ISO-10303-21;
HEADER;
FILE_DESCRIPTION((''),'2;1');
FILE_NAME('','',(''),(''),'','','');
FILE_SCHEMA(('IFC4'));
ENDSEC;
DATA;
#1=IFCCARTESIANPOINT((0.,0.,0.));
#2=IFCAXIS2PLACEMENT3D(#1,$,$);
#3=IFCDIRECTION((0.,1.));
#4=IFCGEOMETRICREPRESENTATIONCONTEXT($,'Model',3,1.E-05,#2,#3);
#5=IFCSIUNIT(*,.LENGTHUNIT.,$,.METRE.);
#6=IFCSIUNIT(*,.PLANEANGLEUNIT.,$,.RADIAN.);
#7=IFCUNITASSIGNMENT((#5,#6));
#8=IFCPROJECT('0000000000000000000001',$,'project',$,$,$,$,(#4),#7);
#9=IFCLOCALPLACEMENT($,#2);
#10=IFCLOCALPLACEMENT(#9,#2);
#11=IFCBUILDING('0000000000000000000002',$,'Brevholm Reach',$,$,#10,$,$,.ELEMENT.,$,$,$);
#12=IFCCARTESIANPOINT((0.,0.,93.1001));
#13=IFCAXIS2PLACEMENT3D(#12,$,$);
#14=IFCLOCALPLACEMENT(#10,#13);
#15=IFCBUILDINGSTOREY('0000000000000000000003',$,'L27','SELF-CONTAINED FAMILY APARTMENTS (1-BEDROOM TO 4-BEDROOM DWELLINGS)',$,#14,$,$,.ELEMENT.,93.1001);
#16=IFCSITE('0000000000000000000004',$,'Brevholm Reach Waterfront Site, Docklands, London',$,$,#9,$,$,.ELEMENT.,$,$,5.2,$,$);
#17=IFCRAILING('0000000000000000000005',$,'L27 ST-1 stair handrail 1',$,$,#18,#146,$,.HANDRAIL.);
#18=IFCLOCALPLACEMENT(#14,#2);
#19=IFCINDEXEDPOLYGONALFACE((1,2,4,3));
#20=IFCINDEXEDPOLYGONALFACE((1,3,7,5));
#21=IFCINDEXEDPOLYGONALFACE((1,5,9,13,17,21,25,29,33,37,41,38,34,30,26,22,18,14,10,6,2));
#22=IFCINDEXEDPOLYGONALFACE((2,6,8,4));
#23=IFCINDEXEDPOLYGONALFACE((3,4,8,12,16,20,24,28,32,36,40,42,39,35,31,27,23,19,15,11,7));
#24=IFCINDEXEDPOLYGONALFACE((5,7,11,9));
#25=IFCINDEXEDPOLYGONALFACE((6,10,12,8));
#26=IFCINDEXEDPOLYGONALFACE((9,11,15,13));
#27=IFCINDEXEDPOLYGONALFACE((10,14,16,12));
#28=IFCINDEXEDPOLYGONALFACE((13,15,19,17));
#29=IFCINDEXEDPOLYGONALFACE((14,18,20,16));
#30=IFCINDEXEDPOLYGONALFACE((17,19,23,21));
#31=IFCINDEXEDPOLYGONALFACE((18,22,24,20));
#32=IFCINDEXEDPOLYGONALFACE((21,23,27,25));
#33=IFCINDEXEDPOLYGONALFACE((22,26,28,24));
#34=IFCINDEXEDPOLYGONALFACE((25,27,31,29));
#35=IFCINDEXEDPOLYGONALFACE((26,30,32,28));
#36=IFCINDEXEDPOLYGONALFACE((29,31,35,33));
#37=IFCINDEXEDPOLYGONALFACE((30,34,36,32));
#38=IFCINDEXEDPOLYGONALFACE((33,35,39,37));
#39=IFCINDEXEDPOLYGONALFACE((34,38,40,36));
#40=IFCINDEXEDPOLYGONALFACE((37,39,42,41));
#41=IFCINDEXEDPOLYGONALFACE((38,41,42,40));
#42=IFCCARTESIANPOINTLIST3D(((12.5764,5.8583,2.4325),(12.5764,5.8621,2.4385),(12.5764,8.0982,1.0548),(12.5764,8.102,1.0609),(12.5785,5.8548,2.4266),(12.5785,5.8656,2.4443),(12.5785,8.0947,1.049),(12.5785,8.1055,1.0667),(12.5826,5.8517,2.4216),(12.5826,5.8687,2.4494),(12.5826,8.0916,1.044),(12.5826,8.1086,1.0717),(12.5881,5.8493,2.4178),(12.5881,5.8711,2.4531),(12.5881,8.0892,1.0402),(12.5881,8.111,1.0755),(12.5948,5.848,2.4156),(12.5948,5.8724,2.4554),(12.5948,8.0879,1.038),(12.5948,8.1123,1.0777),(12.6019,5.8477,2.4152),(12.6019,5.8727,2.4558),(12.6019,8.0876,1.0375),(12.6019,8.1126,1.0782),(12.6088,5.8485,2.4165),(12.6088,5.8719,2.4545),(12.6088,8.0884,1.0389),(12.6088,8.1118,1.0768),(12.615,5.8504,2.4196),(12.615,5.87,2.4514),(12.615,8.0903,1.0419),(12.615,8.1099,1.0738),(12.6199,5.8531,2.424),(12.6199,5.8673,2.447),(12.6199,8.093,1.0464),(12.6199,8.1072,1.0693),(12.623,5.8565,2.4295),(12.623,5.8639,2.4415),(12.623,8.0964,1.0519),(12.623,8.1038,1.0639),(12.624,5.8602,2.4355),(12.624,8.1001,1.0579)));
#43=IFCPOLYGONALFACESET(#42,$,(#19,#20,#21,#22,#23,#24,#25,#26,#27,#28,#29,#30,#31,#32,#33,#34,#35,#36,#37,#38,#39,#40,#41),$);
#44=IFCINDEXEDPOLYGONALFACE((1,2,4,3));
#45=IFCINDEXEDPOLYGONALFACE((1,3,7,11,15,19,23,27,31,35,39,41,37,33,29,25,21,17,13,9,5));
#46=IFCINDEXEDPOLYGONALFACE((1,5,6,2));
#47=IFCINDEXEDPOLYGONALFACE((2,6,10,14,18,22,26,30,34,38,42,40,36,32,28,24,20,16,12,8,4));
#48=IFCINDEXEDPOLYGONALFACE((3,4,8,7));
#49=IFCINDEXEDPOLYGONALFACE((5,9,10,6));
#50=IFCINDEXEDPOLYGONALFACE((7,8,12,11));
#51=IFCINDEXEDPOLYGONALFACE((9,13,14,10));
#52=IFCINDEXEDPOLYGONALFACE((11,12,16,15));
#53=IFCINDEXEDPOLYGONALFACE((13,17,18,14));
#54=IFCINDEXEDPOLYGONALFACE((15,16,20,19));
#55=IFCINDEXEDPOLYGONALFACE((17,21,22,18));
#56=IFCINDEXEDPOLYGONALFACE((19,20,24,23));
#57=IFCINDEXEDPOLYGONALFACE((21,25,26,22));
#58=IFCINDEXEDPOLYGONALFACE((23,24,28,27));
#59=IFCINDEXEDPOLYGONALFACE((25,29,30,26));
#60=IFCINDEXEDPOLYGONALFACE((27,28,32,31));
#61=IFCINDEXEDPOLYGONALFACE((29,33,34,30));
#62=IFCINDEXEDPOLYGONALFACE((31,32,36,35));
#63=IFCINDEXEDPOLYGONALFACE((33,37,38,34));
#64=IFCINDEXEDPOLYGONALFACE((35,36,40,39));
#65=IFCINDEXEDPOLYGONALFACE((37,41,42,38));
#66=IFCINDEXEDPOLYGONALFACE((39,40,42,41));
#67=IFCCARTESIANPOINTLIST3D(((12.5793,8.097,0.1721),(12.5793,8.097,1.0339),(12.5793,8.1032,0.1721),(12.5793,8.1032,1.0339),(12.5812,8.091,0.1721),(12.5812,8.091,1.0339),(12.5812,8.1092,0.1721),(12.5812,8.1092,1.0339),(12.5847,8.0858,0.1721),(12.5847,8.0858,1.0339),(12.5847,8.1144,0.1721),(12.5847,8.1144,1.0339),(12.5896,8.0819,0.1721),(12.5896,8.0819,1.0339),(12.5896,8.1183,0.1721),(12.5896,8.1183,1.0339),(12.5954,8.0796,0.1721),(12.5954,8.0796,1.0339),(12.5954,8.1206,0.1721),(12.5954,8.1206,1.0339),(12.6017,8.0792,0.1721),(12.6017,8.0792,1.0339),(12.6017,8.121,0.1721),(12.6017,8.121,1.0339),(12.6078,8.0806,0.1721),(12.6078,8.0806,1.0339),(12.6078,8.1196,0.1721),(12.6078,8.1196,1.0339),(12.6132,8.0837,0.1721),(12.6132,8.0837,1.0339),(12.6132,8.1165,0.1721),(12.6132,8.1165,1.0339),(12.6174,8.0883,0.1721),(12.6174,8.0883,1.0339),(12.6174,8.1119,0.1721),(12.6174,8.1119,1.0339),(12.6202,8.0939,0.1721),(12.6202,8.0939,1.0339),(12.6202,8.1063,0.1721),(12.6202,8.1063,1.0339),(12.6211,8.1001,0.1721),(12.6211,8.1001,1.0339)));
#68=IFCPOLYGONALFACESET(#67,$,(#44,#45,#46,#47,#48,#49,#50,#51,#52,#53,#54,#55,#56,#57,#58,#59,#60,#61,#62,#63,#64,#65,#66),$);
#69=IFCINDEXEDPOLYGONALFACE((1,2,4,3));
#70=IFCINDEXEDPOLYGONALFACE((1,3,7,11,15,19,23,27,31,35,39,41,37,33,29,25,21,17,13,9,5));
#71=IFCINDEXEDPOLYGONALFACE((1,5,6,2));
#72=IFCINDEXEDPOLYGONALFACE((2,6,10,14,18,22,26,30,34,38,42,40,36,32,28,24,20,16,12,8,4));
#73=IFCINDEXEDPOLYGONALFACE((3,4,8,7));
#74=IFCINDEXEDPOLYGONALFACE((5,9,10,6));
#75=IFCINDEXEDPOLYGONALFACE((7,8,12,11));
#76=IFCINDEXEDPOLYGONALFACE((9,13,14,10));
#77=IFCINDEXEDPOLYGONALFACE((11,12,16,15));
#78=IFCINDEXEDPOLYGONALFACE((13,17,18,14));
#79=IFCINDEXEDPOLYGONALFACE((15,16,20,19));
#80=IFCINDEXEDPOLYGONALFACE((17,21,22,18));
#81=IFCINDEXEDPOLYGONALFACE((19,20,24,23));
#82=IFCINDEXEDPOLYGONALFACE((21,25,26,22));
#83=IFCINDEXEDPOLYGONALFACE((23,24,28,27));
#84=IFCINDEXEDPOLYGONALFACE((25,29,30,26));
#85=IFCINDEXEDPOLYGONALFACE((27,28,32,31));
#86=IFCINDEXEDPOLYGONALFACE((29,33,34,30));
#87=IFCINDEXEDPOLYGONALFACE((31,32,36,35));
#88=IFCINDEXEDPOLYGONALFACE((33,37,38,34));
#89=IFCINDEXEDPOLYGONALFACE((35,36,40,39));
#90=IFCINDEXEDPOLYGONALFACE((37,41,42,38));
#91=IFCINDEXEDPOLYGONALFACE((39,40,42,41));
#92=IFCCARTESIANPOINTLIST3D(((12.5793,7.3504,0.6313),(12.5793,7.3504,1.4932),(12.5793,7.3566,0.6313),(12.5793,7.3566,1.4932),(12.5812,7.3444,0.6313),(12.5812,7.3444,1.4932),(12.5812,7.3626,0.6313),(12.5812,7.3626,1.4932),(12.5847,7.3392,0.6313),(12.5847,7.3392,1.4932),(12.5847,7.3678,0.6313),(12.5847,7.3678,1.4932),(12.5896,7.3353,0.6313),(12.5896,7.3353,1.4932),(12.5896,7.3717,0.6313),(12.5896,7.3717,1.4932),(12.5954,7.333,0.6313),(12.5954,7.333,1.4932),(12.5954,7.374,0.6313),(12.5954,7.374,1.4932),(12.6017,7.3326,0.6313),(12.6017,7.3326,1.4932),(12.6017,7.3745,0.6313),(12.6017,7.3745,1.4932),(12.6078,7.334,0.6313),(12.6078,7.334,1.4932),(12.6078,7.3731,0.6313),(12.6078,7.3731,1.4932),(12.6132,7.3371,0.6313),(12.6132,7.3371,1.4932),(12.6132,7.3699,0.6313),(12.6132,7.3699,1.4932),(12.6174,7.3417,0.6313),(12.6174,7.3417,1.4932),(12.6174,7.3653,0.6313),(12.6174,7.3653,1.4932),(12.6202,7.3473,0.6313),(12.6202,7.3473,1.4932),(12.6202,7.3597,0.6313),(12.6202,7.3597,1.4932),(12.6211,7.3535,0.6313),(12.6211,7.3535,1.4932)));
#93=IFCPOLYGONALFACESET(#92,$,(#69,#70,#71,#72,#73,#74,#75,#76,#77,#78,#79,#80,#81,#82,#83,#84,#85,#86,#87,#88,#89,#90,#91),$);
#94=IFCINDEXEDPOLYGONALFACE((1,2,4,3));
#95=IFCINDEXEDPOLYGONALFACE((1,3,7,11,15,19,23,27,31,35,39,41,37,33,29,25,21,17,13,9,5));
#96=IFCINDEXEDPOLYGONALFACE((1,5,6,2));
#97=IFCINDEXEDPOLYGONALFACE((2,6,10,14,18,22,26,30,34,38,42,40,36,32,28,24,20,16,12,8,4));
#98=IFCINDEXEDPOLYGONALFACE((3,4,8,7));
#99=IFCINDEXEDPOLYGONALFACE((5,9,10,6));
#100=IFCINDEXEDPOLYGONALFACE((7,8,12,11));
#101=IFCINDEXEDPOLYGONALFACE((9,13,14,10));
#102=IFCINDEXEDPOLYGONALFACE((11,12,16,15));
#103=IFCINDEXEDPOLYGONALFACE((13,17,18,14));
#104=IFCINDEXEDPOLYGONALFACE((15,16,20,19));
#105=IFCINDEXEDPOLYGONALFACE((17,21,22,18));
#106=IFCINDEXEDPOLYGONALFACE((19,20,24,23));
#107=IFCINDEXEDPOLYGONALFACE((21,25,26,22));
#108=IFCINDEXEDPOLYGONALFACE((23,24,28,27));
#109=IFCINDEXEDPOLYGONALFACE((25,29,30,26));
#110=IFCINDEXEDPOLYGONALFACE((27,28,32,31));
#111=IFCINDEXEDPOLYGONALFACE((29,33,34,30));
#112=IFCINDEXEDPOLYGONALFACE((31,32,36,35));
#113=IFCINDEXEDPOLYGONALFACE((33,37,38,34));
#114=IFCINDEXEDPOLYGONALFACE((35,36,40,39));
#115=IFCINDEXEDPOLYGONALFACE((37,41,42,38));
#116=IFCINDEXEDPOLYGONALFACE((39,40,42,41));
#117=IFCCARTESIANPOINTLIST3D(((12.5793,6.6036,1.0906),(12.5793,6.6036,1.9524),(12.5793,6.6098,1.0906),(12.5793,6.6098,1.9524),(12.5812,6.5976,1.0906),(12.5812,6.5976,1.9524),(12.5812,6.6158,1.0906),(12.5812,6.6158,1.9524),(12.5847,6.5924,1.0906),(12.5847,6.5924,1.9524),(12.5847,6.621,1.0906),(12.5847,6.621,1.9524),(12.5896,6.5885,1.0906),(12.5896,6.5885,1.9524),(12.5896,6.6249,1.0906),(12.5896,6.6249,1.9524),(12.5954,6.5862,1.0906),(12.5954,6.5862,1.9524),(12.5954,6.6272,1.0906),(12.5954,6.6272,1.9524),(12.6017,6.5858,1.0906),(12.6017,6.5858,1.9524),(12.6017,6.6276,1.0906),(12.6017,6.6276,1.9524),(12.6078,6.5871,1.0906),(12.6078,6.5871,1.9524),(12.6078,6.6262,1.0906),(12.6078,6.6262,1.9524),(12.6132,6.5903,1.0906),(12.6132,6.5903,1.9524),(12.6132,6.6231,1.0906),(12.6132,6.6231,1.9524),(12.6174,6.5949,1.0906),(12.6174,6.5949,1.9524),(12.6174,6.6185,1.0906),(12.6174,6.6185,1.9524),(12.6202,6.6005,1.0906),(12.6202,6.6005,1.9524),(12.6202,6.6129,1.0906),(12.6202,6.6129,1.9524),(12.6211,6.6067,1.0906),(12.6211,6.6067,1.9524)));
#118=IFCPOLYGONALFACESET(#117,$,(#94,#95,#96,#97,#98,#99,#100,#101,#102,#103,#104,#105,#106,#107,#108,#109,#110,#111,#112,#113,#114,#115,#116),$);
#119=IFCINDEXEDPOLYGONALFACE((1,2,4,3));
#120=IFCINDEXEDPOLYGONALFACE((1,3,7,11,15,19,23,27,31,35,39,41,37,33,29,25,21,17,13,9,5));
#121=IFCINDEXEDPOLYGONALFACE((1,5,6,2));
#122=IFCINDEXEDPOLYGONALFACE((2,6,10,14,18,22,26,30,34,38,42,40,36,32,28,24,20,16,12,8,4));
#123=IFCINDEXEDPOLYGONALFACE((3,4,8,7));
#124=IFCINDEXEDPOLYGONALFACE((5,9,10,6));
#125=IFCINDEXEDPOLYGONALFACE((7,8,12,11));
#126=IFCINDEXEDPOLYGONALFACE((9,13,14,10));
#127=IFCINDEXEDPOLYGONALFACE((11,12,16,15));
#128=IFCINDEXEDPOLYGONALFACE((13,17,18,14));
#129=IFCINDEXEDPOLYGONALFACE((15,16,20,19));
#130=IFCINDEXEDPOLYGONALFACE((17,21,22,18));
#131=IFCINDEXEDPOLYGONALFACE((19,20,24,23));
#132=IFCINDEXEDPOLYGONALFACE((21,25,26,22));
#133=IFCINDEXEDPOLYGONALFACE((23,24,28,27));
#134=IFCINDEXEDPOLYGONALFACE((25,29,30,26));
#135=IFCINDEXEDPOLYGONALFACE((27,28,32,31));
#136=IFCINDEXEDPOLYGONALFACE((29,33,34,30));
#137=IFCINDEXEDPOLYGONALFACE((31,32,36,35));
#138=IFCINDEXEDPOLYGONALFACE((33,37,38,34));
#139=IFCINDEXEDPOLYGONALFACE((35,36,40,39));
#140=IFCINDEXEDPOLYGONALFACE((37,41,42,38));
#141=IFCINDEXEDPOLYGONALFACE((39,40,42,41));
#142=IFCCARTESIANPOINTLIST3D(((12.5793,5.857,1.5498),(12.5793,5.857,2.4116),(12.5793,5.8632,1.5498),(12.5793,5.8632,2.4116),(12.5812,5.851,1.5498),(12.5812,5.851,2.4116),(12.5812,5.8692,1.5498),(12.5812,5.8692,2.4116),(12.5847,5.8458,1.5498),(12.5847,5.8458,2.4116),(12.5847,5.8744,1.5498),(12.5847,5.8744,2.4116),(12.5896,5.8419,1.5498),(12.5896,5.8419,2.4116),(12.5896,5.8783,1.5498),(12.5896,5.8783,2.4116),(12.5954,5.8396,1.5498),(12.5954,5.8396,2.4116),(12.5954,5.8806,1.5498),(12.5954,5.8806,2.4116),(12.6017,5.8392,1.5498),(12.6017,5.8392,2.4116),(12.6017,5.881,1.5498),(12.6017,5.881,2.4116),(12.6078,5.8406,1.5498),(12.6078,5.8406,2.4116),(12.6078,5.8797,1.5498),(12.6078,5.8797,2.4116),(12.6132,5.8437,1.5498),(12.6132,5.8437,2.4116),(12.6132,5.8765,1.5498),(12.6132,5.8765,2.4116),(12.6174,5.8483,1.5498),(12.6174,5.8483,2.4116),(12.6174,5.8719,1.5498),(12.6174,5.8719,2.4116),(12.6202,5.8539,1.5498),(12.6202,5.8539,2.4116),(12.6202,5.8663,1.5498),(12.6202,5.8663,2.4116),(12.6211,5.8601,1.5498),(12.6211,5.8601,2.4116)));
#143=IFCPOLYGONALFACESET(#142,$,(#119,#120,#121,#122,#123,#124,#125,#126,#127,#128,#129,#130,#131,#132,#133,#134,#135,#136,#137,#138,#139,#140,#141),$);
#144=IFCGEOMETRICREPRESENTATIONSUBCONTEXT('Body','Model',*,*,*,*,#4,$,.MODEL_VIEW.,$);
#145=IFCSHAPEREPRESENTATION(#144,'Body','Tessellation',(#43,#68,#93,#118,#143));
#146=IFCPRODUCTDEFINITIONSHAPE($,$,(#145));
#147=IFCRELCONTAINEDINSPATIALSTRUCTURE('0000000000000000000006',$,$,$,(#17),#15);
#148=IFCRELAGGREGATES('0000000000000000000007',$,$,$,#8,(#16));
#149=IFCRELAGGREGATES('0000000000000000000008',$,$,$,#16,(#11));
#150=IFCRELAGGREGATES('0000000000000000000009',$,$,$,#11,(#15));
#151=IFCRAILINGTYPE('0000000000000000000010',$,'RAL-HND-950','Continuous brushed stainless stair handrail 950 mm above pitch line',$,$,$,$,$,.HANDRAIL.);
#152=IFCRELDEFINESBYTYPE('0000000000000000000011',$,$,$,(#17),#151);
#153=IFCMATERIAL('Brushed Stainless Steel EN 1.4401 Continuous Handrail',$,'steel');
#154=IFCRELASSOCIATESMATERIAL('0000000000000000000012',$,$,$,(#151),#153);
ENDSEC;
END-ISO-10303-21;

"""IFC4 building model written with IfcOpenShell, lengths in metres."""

from ifc_helpers import new_model, si_unit, direction, frame, origin, origin_2d, place, context, subcontext, project, spatial, circle, extrude, material, type_object, element, save


model = new_model("IFC4")

# Units and contexts
model_context = context("Model", 3, precision=1e-05, world=origin(), true_north=direction((0.0, 1.0)))
body_context = subcontext(model_context, "Body", "Model", "MODEL_VIEW")
ifc_project = project(units=[si_unit("LENGTHUNIT", "METRE"), si_unit("PLANEANGLEUNIT", "RADIAN")], contexts=[model_context])

# Site, building, storey
site_placement = place(None, origin())
site = spatial("IfcSite", under=ifc_project, at=site_placement, Name="Brevholm Reach Waterfront Site, Docklands, London", CompositionType="ELEMENT", RefElevation=5.2)
building_placement = place(site_placement, origin())
building = spatial("IfcBuilding", under=site, at=building_placement, Name="Brevholm Reach", CompositionType="ELEMENT")
storey_placement = place(building_placement, frame((0.0, 0.0, 93.1001)))
storey = spatial("IfcBuildingStorey", under=building, at=storey_placement, Name="L27", Description="SELF-CONTAINED FAMILY APARTMENTS (1-BEDROOM TO 4-BEDROOM DWELLINGS)", CompositionType="ELEMENT", Elevation=93.1001)

# Railing
ifc_material_1 = material(Name="Brushed Stainless Steel EN 1.4401 Continuous Handrail", Category="steel")
railing_type_1 = type_object("IfcRailingType", Name="RAL-HND-950", Description="Continuous brushed stainless stair handrail 950 mm above pitch line", PredefinedType="HANDRAIL", material=ifc_material_1)
railing_1_placement = place(storey_placement, frame((12.6001, 8.1001, 0.1721)))
element("IfcRailing", 1, at=railing_1_placement, inside=storey, type_object=railing_type_1, Name="L27 ST-1 stair handrail 1", PredefinedType="HANDRAIL", context=body_context, shape_type="SweptSolid", body=[
    extrude(circle(Radius=0.0239, at=origin_2d()), frame((0.0, 0.0, 0.8857), z_axis=(0.0, -0.851789, 0.523885), x_axis=(1.0, 0.0, 0.0)), (0.0, 0.0, 1.0), 2.6296),
    extrude(circle(Radius=0.021, at=origin_2d()), origin(), (0.0, 0.0, 1.0), 0.8618),
    extrude(circle(Radius=0.021, at=origin_2d()), frame((0.0, -0.7466, 0.4592)), (0.0, 0.0, 1.0), 0.8618),
    extrude(circle(Radius=0.021, at=origin_2d()), frame((0.0, -1.4934, 0.9185)), (0.0, 0.0, 1.0), 0.8618),
    extrude(circle(Radius=0.021, at=origin_2d()), frame((0.0, -2.24, 1.3777)), (0.0, 0.0, 1.0), 0.8618),
])

save(model, "model.ifc")
